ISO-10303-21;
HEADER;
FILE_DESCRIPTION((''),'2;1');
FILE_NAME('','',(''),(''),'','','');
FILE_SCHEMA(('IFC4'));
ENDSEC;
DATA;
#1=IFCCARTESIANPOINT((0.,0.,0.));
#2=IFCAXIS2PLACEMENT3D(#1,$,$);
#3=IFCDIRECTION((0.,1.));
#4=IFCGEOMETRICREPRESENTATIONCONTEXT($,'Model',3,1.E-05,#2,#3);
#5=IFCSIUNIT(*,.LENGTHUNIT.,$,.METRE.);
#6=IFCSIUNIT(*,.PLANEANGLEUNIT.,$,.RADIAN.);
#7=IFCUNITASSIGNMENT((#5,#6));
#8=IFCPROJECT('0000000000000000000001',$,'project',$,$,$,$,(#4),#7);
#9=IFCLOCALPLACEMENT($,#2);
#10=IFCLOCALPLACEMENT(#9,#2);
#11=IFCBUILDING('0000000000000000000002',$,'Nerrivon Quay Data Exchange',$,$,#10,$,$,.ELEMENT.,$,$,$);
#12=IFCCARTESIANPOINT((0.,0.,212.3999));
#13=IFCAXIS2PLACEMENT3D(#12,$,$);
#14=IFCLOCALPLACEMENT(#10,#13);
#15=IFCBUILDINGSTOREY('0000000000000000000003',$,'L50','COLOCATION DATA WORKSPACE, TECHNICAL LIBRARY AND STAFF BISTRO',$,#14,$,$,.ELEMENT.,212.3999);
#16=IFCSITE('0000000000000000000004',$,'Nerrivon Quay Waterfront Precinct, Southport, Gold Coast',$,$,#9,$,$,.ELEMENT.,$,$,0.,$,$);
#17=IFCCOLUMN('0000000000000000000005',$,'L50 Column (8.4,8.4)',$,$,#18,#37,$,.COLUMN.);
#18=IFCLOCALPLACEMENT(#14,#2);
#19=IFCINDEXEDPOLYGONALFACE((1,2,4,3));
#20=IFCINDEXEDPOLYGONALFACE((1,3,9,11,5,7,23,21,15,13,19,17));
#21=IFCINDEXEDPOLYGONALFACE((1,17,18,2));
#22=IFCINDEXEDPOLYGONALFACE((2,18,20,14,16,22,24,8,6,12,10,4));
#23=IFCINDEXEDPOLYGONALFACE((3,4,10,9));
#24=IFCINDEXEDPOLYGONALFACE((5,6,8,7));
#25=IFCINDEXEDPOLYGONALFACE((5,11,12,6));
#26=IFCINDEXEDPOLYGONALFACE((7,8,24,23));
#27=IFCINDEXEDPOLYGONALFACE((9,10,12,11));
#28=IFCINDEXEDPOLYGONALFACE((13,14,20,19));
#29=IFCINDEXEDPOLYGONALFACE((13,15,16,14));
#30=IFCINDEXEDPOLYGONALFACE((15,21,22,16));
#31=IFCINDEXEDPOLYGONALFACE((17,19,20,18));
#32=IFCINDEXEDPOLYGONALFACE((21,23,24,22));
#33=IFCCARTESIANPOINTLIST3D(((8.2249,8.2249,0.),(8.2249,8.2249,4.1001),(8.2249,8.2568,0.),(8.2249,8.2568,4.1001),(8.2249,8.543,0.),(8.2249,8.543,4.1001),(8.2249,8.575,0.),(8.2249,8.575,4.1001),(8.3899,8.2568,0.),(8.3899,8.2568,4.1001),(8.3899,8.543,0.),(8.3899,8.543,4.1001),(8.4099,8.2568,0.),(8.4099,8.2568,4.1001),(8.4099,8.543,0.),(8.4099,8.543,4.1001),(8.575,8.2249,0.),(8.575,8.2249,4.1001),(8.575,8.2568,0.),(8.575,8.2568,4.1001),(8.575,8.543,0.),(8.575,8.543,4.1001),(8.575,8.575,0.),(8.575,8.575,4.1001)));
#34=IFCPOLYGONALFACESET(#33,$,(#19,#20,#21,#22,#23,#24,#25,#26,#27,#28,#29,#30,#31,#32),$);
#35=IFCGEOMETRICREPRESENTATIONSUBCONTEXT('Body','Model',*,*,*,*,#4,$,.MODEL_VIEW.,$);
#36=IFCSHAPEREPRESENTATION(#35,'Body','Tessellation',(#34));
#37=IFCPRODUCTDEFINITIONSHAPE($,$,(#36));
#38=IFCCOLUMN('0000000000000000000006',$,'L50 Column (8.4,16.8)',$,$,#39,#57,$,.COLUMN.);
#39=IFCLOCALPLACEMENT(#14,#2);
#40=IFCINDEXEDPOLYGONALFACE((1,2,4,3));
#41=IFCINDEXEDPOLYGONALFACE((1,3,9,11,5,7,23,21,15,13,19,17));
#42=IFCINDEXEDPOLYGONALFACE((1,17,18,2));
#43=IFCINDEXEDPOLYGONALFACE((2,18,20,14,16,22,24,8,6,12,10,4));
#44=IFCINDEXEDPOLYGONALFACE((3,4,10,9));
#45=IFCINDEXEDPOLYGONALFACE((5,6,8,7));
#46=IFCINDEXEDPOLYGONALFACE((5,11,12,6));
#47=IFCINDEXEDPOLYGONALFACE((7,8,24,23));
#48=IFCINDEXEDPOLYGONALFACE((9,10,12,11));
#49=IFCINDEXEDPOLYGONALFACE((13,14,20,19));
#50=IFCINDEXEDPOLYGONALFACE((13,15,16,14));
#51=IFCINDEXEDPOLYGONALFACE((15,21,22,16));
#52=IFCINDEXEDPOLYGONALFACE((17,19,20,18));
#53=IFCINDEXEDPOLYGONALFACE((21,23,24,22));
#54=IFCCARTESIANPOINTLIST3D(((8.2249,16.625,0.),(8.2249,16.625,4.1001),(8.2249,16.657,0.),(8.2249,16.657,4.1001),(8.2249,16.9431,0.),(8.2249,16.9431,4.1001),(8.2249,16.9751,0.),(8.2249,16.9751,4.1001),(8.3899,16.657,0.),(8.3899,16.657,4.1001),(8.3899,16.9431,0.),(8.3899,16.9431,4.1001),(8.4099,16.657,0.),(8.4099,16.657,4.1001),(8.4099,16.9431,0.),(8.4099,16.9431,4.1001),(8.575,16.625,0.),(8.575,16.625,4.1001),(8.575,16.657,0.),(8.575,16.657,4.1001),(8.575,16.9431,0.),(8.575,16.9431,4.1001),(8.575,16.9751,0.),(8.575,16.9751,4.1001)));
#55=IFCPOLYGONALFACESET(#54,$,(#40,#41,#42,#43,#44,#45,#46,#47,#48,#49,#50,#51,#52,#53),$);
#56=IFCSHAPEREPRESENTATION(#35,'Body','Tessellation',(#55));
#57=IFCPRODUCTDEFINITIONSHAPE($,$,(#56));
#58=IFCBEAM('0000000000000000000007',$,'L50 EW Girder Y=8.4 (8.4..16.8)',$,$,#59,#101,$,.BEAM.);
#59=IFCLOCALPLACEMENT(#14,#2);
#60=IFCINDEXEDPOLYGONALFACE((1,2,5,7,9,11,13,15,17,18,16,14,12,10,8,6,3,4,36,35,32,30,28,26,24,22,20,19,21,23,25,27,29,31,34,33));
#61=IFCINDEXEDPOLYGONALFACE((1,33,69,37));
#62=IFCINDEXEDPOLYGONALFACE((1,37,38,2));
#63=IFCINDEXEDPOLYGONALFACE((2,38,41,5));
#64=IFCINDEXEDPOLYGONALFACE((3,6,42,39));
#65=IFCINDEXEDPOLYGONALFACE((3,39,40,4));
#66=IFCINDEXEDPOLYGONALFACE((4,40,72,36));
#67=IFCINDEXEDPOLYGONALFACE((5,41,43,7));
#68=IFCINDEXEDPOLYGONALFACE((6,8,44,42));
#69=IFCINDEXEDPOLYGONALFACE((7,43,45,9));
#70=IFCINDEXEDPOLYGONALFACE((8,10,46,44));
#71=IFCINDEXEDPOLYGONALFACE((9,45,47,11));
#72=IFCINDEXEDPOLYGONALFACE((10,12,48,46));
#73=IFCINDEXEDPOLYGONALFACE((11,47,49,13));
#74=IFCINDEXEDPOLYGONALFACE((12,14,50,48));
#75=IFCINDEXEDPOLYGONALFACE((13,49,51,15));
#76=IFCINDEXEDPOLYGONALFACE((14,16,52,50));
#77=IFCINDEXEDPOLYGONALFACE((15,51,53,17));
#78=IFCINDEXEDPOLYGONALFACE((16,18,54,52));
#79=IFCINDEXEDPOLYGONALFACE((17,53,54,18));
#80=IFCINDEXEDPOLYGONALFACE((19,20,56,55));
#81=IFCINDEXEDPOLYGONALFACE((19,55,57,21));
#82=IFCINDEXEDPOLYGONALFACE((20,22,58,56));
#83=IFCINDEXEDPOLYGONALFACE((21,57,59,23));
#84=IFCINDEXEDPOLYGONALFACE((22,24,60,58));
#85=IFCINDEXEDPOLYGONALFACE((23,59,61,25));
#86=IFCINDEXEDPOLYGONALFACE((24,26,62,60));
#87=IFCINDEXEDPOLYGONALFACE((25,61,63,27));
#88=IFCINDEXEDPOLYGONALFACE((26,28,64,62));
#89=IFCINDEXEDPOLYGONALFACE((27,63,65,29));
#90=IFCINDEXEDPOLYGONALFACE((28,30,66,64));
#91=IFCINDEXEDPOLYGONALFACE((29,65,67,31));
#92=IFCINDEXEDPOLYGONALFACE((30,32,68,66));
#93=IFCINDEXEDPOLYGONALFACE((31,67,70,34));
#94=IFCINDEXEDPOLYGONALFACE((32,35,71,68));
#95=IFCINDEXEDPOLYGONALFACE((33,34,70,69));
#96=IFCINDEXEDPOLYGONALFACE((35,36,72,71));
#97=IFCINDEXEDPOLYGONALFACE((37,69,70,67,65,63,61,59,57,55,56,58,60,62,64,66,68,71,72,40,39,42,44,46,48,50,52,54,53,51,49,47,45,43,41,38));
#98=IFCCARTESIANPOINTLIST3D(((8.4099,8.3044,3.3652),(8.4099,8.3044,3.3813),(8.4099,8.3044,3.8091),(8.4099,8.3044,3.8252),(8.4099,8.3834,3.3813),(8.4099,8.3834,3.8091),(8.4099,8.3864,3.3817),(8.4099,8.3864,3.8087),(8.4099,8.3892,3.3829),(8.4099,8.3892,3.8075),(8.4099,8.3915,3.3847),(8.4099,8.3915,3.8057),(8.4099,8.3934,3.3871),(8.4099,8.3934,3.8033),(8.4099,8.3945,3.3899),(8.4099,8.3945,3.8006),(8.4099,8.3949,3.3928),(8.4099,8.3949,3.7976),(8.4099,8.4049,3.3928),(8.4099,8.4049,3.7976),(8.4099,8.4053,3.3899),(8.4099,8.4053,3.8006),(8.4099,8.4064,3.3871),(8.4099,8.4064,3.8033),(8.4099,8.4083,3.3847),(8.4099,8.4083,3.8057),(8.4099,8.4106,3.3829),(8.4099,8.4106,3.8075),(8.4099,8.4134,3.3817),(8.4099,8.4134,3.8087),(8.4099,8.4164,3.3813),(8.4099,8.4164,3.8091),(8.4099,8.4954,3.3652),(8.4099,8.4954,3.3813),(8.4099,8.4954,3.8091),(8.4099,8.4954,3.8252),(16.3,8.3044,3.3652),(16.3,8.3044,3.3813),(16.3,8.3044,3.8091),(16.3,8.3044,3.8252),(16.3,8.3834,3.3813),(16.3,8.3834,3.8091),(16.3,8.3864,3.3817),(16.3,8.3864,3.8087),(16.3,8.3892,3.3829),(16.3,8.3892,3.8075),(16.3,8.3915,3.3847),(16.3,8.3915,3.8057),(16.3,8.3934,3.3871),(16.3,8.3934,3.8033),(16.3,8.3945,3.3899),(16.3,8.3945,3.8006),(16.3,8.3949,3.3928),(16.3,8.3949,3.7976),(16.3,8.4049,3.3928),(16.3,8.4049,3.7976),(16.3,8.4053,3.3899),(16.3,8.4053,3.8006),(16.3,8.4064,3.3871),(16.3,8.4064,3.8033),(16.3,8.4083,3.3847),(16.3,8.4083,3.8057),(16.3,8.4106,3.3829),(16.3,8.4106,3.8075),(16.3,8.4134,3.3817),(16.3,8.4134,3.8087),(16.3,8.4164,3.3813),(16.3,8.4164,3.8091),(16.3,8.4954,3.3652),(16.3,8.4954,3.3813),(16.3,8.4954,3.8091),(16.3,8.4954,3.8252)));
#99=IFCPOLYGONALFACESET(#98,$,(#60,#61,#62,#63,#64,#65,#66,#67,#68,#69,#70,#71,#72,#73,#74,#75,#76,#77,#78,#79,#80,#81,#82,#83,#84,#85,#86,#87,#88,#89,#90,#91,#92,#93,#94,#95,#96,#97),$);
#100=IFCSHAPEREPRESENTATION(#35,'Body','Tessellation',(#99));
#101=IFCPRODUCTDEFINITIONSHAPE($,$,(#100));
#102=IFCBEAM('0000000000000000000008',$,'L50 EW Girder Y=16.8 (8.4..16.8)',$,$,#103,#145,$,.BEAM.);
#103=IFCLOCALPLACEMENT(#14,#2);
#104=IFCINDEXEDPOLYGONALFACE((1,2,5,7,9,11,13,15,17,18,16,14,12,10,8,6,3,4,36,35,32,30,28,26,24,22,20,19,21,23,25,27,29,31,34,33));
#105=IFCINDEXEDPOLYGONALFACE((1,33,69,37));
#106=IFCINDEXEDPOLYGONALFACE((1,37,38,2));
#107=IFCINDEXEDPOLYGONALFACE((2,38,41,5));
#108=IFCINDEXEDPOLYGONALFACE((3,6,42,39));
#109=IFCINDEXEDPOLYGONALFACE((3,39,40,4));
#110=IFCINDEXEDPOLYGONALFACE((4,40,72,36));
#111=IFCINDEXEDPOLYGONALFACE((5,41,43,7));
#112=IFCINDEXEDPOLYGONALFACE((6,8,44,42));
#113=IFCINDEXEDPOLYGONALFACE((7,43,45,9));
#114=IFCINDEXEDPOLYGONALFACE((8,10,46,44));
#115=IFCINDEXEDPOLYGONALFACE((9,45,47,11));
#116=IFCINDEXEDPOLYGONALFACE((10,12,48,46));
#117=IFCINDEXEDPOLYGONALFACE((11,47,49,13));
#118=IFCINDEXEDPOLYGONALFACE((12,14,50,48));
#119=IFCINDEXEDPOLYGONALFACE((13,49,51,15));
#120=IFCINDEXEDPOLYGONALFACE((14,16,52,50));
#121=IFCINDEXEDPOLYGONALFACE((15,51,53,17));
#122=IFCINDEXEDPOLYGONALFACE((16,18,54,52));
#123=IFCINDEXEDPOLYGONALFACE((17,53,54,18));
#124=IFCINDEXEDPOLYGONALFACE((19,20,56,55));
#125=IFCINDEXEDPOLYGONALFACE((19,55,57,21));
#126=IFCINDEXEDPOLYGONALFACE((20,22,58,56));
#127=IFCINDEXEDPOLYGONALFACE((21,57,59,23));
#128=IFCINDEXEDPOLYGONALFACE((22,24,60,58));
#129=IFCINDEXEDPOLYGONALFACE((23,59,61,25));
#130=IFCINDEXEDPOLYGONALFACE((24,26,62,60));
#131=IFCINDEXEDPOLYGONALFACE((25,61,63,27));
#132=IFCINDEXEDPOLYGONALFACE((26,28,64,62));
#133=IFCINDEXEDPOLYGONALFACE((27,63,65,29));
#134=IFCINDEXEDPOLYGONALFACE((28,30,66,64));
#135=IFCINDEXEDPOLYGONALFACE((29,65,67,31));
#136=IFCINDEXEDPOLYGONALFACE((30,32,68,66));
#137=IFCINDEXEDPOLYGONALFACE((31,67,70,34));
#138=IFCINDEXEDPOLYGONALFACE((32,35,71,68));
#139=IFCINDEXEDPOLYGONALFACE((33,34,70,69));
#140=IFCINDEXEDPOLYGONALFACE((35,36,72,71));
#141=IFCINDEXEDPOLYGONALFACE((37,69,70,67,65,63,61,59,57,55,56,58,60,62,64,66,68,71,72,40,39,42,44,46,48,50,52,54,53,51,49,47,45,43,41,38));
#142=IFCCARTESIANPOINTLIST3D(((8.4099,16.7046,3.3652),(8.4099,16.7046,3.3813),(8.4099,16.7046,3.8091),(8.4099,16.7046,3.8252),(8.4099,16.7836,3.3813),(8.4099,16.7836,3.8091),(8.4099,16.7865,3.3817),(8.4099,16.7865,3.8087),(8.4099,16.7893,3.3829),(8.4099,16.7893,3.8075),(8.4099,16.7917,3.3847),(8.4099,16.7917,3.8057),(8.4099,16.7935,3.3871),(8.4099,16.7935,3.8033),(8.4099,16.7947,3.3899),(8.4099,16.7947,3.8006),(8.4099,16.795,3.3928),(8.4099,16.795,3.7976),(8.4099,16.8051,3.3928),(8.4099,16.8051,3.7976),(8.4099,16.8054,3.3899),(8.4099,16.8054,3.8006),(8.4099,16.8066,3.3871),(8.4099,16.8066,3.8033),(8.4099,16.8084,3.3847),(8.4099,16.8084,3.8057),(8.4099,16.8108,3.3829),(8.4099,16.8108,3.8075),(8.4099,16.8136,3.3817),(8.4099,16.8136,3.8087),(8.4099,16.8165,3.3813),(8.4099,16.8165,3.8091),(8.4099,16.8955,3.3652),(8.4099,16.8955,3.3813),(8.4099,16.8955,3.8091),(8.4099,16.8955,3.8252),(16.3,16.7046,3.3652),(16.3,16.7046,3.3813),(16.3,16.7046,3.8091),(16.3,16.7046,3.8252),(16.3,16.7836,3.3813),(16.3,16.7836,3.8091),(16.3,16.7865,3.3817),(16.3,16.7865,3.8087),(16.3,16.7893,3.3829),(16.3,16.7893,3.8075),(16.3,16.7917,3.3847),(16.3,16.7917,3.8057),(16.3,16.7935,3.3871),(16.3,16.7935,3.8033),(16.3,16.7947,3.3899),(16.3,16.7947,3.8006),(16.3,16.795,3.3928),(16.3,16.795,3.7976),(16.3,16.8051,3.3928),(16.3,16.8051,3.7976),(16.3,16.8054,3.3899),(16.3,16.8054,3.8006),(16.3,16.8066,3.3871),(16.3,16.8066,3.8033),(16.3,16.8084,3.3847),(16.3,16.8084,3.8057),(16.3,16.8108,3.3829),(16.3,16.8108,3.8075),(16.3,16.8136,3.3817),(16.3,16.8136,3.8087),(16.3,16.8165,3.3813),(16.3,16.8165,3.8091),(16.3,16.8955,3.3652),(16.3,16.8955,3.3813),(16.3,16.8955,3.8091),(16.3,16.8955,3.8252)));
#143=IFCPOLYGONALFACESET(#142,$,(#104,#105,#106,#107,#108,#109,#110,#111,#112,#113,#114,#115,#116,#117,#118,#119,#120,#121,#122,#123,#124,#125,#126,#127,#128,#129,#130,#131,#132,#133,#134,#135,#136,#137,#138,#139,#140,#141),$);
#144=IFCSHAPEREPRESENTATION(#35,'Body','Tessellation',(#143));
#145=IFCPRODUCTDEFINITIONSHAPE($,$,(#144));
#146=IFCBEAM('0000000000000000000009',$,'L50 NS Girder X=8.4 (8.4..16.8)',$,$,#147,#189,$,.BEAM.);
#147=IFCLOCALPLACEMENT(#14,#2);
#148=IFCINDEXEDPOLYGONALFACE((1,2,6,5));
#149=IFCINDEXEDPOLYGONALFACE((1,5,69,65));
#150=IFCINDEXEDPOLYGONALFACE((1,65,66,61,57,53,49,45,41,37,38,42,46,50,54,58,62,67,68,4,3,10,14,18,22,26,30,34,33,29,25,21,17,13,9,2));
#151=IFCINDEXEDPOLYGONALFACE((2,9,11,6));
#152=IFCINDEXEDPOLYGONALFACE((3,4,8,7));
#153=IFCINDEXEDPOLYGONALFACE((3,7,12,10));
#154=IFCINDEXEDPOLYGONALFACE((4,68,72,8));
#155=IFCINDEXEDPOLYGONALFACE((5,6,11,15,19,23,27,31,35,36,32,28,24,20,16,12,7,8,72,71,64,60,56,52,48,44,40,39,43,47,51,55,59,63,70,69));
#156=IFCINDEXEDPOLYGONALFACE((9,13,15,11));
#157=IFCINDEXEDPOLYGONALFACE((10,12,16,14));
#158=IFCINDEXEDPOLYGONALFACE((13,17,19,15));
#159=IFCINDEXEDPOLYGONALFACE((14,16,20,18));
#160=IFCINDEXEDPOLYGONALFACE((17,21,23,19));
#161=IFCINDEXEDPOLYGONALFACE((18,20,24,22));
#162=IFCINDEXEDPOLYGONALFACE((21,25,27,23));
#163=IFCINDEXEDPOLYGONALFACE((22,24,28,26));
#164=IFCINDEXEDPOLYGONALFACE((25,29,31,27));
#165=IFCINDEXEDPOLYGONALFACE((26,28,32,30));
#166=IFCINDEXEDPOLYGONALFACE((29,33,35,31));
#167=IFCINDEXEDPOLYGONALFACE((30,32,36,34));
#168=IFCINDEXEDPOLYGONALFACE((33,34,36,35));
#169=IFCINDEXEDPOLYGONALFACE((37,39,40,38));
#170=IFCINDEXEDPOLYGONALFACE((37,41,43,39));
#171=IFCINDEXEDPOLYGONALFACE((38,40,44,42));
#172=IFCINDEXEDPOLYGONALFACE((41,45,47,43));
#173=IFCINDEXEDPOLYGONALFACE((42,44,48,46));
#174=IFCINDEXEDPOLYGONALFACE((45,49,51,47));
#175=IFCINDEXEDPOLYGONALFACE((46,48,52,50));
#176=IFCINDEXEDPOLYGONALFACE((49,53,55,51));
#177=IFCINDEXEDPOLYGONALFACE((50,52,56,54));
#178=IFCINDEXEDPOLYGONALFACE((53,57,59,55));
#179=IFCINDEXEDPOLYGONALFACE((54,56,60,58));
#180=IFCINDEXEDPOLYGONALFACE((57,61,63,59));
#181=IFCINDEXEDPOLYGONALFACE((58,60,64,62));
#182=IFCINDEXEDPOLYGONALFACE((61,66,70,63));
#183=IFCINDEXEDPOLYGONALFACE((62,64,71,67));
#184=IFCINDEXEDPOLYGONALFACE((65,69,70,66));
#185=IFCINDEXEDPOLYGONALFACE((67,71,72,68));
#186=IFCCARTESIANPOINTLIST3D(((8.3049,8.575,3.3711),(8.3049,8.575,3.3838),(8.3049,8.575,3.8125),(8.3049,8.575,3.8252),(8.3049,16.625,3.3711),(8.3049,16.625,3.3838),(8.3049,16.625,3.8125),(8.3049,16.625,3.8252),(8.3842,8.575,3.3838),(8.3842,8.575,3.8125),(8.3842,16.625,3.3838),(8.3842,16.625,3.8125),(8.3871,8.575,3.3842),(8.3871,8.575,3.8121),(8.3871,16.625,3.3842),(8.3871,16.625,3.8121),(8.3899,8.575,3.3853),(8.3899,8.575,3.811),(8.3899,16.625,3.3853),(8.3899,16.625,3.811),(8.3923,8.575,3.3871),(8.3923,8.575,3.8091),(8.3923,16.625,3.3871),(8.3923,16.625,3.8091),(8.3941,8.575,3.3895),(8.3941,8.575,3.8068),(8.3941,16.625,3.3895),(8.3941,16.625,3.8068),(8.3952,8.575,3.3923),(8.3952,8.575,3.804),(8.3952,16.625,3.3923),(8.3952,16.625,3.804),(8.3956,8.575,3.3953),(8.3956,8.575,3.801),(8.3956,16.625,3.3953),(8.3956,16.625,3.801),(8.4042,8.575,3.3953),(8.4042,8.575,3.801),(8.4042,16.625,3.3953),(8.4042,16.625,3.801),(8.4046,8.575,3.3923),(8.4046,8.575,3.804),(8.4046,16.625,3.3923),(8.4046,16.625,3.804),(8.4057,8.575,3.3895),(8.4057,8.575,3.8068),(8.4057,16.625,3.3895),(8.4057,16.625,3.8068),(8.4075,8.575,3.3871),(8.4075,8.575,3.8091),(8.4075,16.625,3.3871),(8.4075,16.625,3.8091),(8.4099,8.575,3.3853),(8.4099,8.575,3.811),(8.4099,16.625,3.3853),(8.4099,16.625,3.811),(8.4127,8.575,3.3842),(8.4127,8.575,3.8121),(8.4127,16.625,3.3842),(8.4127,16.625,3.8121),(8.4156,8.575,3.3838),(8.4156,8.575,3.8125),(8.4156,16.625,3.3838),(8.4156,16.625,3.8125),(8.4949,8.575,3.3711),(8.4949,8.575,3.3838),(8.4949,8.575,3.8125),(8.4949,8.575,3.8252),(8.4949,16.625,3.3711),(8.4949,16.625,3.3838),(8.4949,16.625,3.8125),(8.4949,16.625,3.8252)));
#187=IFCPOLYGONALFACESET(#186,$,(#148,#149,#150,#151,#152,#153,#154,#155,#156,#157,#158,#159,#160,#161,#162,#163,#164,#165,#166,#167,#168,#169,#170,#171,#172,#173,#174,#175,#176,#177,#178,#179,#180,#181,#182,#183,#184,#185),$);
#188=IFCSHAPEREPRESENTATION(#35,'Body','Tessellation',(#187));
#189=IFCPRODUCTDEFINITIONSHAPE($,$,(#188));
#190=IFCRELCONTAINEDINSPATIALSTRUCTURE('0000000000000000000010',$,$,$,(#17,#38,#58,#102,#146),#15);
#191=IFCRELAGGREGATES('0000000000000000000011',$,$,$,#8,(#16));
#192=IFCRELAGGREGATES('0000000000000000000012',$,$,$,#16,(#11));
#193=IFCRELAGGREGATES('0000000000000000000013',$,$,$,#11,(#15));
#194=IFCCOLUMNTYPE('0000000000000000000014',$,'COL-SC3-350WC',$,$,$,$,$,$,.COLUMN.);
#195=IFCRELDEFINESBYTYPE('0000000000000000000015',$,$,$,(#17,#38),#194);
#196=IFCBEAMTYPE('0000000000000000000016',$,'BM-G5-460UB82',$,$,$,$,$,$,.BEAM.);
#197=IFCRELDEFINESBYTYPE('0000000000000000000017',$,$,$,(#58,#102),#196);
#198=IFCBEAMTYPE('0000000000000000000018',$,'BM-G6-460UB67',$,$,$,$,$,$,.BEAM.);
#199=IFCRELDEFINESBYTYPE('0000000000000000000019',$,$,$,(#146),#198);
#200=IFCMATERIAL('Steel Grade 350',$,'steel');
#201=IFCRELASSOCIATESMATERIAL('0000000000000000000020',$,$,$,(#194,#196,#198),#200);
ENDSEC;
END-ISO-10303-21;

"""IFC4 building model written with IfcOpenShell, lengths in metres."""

from ifc_helpers import new_model, si_unit, direction, frame, origin, origin_2d, place, context, subcontext, project, spatial, i_section, extrude, material, material_profile, profile_set, type_object, element, save


model = new_model("IFC4")

# Units and contexts
model_context = context("Model", 3, precision=1e-05, world=origin(), true_north=direction((0.0, 1.0)))
body_context = subcontext(model_context, "Body", "Model", "MODEL_VIEW")
ifc_project = project(units=[si_unit("LENGTHUNIT", "METRE"), si_unit("PLANEANGLEUNIT", "RADIAN")], contexts=[model_context])

# Site, building, storey
site_placement = place(None, origin())
site = spatial("IfcSite", under=ifc_project, at=site_placement, Name="Nerrivon Quay Waterfront Precinct, Southport, Gold Coast", CompositionType="ELEMENT", RefElevation=0.0)
building_placement = place(site_placement, origin())
building = spatial("IfcBuilding", under=site, at=building_placement, Name="Nerrivon Quay Data Exchange", CompositionType="ELEMENT")
storey_placement = place(building_placement, frame((0.0, 0.0, 212.3999)))
storey = spatial("IfcBuildingStorey", under=building, at=storey_placement, Name="L50", Description="COLOCATION DATA WORKSPACE, TECHNICAL LIBRARY AND STAFF BISTRO", CompositionType="ELEMENT", Elevation=212.3999)

# Columns
ifc_material_1 = material(Name="Steel Grade 350", Category="steel")
ifc_material_profile_1 = material_profile(ifc_material_1, i_section(OverallWidth=0.3501, OverallDepth=0.3501, WebThickness=0.02, FlangeThickness=0.032, at=origin_2d()), Name="350WC230")
ifc_profile_set_1 = profile_set([ifc_material_profile_1], Name="Steel Grade 350")
column_type = type_object("IfcColumnType", Name="COL-SC3-350WC", PredefinedType="COLUMN", material=ifc_profile_set_1)
for number, where, z_axis, x_axis, name in (
    (1, (8.3999, 8.3999, 0.0), (0.0, 0.0, 1.0), (1.0, 0.0, 0.0), "L50 Column (8.4,8.4)"),
    (2, (8.3999, 16.8, 0.0), (0.0, 0.0, 1.0), (1.0, 0.0, 0.0), "L50 Column (8.4,16.8)"),
):
    element("IfcColumn", number, at=place(storey_placement, frame(where, z_axis=z_axis, x_axis=x_axis)), inside=storey, type_object=column_type, Name=name, PredefinedType="COLUMN", context=body_context, shape_type="SweptSolid", body=[
        extrude(i_section(OverallWidth=0.3501, OverallDepth=0.3501, WebThickness=0.02, FlangeThickness=0.032, at=origin_2d()), origin(), (0.0, 0.0, 1.0), 4.1001),
    ])

# Beams
ifc_material_profile_2 = material_profile(ifc_material_1, i_section(OverallWidth=0.1909, OverallDepth=0.46, WebThickness=0.01, FlangeThickness=0.0161, FilletRadius=0.0115, at=origin_2d()), Name="460UB82.1")
ifc_profile_set_2 = profile_set([ifc_material_profile_2], Name="Steel Grade 350")
beam_type_1 = type_object("IfcBeamType", Name="BM-G5-460UB82", PredefinedType="BEAM", material=ifc_profile_set_2)
for number, where, z_axis, x_axis, name in (
    (3, (8.4099, 8.3999, 3.5952), (1.0, 0.0, 0.0), (0.0, 1.0, 0.0), "L50 EW Girder Y=8.4 (8.4..16.8)"),
    (4, (8.4099, 16.8, 3.5952), (1.0, 0.0, 0.0), (0.0, 1.0, 0.0), "L50 EW Girder Y=16.8 (8.4..16.8)"),
):
    element("IfcBeam", number, at=place(storey_placement, frame(where, z_axis=z_axis, x_axis=x_axis)), inside=storey, type_object=beam_type_1, Name=name, PredefinedType="BEAM", context=body_context, shape_type="SweptSolid", body=[
        extrude(i_section(OverallWidth=0.1909, OverallDepth=0.46, WebThickness=0.01, FlangeThickness=0.0161, FilletRadius=0.0115, at=origin_2d()), origin(), (0.0, 0.0, 1.0), 7.8901),
    ])
ifc_material_profile_3 = material_profile(ifc_material_1, i_section(OverallWidth=0.1899, OverallDepth=0.4541, WebThickness=0.0085, FlangeThickness=0.0127, FilletRadius=0.0115, at=origin_2d()), Name="460UB67.1")
ifc_profile_set_3 = profile_set([ifc_material_profile_3], Name="Steel Grade 350")
beam_type_2 = type_object("IfcBeamType", Name="BM-G6-460UB67", PredefinedType="BEAM", material=ifc_profile_set_3)
beam_1_placement = place(storey_placement, frame((8.3999, 8.575, 3.5981), z_axis=(0.0, 1.0, 0.0), x_axis=(-1.0, 0.0, 0.0)))
element("IfcBeam", 5, at=beam_1_placement, inside=storey, type_object=beam_type_2, Name="L50 NS Girder X=8.4 (8.4..16.8)", PredefinedType="BEAM", context=body_context, shape_type="SweptSolid", body=[
    extrude(i_section(OverallWidth=0.1899, OverallDepth=0.4541, WebThickness=0.0085, FlangeThickness=0.0127, FilletRadius=0.0115, at=origin_2d()), origin(), (0.0, 0.0, 1.0), 8.05),
])

save(model, "model.ifc")
